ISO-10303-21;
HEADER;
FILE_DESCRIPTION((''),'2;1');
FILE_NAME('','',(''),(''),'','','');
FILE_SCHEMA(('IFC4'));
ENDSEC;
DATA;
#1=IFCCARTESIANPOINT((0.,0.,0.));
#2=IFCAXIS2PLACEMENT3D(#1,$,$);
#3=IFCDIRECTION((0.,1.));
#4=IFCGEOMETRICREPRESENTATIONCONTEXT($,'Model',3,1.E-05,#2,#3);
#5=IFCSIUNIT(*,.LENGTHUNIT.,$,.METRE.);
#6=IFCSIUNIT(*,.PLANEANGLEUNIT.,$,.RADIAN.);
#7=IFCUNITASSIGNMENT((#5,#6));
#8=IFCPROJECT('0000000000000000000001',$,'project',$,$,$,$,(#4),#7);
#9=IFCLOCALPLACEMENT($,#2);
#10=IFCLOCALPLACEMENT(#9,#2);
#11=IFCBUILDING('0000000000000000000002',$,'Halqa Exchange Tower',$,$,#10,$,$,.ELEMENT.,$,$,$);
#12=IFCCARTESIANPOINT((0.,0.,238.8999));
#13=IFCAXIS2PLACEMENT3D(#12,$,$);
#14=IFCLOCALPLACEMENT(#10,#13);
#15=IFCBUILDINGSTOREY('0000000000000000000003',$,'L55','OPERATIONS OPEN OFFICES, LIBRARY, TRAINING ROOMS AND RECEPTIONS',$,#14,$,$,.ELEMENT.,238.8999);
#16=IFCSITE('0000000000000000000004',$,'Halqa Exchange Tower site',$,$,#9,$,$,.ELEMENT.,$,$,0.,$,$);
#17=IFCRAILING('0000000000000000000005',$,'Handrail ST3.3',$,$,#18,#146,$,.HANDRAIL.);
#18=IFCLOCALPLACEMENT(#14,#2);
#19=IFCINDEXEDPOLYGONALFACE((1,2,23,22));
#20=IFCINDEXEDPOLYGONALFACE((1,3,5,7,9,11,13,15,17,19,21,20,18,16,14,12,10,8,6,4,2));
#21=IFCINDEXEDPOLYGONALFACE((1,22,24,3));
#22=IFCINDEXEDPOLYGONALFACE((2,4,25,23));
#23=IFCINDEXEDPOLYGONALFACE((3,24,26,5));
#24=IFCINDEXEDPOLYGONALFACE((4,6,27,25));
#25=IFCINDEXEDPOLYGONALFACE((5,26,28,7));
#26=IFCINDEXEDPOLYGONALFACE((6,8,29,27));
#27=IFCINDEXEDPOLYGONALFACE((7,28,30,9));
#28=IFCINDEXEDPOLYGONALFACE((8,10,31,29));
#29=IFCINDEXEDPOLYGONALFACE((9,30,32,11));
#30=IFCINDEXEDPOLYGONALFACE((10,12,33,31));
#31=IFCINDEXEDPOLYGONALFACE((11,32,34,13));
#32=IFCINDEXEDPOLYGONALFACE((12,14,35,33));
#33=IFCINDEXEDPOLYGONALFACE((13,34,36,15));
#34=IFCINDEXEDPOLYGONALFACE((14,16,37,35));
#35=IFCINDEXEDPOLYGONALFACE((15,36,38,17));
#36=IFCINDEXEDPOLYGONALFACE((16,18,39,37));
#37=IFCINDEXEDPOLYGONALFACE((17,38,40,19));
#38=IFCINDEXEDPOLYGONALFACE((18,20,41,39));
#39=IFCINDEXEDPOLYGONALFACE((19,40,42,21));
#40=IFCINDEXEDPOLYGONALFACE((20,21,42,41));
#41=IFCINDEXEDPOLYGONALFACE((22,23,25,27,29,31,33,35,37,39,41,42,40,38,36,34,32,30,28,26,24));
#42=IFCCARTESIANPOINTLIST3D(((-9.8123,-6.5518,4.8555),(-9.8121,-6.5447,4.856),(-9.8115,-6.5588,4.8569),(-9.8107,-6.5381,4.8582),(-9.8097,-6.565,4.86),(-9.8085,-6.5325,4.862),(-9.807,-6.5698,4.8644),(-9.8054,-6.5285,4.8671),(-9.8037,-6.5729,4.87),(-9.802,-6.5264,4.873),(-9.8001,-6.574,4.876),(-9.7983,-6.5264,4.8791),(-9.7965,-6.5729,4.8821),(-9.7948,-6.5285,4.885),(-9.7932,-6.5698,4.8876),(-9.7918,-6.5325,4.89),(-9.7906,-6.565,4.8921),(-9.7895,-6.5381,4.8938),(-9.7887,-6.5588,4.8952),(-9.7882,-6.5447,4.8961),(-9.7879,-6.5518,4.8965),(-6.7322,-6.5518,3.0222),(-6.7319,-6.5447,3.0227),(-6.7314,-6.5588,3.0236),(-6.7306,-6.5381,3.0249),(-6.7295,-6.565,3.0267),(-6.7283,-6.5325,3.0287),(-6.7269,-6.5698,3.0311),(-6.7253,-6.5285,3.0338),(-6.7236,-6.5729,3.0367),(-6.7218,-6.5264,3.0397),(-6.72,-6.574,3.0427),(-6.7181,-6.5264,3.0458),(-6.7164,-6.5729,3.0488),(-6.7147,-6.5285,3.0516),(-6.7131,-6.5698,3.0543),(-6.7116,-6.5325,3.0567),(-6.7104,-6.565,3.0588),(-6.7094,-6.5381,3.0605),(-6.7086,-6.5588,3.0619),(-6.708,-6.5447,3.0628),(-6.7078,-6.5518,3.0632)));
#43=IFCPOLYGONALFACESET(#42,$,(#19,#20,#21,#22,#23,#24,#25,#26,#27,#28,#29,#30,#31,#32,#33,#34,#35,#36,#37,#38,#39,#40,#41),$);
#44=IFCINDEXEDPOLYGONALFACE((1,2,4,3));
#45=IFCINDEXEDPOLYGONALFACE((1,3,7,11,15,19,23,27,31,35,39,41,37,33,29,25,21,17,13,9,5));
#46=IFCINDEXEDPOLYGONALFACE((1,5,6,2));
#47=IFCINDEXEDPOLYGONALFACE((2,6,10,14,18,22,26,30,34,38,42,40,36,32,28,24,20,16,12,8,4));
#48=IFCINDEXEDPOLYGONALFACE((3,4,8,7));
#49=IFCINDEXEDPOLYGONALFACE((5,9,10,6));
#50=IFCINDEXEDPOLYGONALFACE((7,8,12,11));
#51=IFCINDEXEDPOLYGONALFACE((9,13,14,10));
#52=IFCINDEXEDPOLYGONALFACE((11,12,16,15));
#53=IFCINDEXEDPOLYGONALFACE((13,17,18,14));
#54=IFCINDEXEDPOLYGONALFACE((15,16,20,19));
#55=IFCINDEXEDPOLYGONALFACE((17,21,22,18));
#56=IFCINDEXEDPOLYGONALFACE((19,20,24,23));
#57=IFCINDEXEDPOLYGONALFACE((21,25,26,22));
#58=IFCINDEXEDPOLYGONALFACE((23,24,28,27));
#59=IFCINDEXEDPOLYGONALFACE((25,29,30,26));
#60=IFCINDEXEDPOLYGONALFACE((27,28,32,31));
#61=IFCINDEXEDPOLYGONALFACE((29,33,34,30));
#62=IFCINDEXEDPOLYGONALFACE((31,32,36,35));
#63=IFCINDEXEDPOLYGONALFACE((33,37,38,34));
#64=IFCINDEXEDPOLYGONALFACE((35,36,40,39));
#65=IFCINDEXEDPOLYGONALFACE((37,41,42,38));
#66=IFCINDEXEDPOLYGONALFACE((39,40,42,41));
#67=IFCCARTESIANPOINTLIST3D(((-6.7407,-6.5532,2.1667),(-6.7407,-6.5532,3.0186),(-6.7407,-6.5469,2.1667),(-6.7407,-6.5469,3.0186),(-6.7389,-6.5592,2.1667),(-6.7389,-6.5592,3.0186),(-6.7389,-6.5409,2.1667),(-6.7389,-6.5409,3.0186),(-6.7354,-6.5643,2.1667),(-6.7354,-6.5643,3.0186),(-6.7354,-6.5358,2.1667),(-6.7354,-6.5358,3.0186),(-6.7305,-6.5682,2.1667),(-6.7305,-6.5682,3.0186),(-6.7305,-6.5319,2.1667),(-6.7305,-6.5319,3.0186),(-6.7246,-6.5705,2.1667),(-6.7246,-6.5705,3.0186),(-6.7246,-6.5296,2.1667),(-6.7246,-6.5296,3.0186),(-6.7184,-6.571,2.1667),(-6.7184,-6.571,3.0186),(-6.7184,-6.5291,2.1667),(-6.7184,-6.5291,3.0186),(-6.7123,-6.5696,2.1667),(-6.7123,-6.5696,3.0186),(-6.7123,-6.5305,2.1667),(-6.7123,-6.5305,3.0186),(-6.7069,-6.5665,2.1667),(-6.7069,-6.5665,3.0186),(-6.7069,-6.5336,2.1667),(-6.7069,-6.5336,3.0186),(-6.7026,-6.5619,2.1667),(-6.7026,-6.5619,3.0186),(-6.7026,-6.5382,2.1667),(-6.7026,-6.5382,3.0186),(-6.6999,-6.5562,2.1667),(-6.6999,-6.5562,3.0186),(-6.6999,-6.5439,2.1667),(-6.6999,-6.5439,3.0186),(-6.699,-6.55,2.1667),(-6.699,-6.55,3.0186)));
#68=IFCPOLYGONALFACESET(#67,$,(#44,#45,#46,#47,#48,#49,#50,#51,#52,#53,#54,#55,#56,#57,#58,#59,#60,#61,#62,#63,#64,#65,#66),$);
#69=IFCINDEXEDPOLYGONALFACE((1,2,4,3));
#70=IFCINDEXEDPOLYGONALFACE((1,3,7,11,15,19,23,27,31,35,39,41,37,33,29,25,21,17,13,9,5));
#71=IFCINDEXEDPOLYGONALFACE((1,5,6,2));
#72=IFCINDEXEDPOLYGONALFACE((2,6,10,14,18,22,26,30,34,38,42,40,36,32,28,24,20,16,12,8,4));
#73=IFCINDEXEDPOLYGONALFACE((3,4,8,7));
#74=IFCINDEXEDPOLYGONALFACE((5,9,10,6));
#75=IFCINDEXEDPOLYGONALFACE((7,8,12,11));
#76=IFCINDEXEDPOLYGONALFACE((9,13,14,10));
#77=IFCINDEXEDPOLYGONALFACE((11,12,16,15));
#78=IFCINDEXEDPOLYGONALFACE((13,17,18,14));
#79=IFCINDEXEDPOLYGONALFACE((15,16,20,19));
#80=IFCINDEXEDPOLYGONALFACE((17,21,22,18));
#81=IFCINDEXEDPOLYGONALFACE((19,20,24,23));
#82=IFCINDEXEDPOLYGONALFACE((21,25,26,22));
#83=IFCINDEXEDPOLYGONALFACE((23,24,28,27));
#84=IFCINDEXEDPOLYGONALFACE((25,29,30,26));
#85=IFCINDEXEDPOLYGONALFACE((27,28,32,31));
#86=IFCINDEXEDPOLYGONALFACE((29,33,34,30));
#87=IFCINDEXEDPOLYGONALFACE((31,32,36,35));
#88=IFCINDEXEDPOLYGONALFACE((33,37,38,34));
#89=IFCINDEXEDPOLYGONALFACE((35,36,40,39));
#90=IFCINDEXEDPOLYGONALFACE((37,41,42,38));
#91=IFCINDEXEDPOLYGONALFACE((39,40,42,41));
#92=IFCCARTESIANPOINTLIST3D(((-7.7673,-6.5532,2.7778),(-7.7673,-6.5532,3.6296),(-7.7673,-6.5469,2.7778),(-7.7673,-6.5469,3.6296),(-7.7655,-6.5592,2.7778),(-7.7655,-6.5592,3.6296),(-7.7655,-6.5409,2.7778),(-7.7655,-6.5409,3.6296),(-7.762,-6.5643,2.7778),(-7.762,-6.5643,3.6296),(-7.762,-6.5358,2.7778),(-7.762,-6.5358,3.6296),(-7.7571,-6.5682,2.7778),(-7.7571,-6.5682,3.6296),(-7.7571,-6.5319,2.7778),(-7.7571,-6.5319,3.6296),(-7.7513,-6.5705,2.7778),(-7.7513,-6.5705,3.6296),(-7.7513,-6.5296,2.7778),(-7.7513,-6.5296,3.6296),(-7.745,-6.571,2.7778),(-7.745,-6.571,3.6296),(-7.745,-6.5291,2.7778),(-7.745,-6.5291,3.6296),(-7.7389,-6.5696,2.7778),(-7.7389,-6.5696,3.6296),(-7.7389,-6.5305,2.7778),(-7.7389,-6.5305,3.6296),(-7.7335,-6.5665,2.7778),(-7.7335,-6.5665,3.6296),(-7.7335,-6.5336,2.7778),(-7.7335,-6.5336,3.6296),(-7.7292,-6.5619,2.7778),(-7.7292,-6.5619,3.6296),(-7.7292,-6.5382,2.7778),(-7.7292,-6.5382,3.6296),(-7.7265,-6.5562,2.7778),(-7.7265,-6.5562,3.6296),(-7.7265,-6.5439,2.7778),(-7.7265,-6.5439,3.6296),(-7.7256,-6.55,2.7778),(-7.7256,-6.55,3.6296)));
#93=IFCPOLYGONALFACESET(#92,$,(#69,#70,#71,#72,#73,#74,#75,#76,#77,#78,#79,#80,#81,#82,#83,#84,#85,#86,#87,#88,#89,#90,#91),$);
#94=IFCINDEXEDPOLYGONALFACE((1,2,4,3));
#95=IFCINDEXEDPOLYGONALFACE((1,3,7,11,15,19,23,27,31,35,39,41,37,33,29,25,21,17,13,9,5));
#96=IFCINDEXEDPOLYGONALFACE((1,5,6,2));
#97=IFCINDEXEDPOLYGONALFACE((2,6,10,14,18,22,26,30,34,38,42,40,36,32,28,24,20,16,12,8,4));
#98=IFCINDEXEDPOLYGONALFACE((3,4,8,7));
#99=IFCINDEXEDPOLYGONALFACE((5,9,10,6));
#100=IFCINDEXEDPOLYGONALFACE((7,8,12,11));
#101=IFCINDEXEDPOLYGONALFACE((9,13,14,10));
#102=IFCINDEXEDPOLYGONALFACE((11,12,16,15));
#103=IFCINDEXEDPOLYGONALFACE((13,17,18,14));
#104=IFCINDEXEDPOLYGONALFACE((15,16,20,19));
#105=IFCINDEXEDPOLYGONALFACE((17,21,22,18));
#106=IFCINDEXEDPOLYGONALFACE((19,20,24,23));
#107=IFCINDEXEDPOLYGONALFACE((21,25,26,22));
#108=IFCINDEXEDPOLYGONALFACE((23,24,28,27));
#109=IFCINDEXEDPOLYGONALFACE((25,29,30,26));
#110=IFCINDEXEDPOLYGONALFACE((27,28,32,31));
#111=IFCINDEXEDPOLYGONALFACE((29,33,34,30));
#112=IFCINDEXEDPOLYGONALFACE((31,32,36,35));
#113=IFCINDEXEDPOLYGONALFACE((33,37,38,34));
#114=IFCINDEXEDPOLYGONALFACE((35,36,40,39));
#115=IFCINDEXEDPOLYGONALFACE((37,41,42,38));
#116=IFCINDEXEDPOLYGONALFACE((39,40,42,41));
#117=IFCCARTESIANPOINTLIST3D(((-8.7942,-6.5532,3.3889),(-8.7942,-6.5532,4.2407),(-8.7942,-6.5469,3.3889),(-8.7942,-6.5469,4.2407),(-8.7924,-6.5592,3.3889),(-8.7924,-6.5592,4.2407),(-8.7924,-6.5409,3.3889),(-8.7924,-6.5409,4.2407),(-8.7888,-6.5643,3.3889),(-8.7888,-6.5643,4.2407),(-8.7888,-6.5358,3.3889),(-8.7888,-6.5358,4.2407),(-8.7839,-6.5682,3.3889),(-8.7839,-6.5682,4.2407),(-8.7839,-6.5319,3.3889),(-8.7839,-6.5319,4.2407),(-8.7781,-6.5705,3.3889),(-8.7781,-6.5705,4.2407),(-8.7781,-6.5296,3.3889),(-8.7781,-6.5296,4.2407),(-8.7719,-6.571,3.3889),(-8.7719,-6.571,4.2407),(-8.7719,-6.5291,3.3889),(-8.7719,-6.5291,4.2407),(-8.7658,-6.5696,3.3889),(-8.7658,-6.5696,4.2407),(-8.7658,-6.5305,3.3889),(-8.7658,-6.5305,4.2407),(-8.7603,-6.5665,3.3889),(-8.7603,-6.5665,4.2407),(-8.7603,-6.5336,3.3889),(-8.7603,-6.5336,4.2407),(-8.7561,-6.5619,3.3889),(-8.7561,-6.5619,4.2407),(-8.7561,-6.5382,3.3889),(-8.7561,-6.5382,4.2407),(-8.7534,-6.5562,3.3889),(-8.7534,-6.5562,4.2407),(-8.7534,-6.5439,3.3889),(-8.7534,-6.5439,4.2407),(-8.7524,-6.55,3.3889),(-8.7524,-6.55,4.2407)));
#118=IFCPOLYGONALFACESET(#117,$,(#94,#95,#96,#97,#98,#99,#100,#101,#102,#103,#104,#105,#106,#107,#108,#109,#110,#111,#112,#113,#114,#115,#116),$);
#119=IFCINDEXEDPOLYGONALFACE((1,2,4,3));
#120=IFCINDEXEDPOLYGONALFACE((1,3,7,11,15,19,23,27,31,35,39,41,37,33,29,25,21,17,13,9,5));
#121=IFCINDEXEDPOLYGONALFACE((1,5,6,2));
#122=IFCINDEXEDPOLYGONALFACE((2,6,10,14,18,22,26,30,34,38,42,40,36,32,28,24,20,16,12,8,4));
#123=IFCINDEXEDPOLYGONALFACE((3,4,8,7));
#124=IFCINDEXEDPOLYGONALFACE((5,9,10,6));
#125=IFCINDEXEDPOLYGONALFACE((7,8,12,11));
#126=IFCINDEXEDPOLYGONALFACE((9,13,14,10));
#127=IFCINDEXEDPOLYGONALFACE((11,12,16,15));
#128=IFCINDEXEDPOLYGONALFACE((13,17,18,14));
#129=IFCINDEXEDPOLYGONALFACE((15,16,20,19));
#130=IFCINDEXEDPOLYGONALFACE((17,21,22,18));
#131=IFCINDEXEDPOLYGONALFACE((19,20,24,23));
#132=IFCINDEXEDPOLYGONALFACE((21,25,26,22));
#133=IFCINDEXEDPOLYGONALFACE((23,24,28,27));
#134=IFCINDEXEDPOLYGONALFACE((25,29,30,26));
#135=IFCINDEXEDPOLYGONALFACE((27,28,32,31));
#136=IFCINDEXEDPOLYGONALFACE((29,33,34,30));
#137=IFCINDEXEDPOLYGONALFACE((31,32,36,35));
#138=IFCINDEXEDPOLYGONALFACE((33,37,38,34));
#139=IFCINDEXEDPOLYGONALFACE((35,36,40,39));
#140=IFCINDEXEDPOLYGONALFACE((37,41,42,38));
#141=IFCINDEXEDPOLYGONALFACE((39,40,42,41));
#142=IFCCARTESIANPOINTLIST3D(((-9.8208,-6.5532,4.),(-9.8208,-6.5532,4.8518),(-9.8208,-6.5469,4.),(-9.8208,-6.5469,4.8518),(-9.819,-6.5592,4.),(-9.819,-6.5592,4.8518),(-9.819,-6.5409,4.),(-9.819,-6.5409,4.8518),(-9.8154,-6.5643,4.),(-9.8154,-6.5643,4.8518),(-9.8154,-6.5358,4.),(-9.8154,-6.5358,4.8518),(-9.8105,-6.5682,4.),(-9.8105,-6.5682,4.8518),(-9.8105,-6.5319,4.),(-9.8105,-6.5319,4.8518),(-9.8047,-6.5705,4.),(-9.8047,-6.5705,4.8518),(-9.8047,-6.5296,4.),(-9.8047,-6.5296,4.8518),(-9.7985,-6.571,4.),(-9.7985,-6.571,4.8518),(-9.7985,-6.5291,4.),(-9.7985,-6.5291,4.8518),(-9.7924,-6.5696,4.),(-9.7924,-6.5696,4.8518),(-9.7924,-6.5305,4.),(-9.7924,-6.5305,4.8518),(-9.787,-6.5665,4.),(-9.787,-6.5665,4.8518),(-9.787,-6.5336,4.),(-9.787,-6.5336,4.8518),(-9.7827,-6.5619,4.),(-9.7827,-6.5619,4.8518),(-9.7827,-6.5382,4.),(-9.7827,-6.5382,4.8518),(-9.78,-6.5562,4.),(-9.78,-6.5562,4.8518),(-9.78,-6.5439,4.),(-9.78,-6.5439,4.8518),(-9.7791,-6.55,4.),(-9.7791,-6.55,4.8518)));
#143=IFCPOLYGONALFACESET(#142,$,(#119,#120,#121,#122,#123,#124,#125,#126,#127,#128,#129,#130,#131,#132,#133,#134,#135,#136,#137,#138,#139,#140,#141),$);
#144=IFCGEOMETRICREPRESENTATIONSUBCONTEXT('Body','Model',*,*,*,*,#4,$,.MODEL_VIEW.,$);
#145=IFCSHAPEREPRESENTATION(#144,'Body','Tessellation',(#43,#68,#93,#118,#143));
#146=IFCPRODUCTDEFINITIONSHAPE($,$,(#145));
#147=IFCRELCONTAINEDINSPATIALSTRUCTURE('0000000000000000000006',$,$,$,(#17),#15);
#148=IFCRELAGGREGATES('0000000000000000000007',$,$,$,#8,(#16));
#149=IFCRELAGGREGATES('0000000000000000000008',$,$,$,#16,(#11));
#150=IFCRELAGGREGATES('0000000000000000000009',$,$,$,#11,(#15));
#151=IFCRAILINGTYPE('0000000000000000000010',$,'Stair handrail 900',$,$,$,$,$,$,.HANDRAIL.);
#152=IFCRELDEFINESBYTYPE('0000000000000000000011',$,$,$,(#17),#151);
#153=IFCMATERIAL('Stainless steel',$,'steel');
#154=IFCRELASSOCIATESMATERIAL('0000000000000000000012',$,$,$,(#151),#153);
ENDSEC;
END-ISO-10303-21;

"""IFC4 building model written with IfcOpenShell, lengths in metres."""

from ifc_helpers import new_model, si_unit, direction, frame, origin, origin_2d, place, context, subcontext, project, spatial, circle, extrude, material, type_object, element, save


model = new_model("IFC4")

# Units and contexts
model_context = context("Model", 3, precision=1e-05, world=origin(), true_north=direction((0.0, 1.0)))
body_context = subcontext(model_context, "Body", "Model", "MODEL_VIEW")
ifc_project = project(units=[si_unit("LENGTHUNIT", "METRE"), si_unit("PLANEANGLEUNIT", "RADIAN")], contexts=[model_context])

# Site, building, storey
site_placement = place(None, origin())
site = spatial("IfcSite", under=ifc_project, at=site_placement, Name="Halqa Exchange Tower site", CompositionType="ELEMENT", RefElevation=0.0)
building_placement = place(site_placement, origin())
building = spatial("IfcBuilding", under=site, at=building_placement, Name="Halqa Exchange Tower", CompositionType="ELEMENT")
storey_placement = place(building_placement, frame((0.0, 0.0, 238.8999)))
storey = spatial("IfcBuildingStorey", under=building, at=storey_placement, Name="L55", Description="OPERATIONS OPEN OFFICES, LIBRARY, TRAINING ROOMS AND RECEPTIONS", CompositionType="ELEMENT", Elevation=238.8999)

# Shared definitions
ifc_material_1 = material(Name="Stainless steel", Category="steel")

# Railing
railing_type_1 = type_object("IfcRailingType", Name="Stair handrail 900", PredefinedType="HANDRAIL", material=ifc_material_1)
railing_1_placement = place(storey_placement, frame((-6.72, -6.55, 2.1667)))
element("IfcRailing", 1, at=railing_1_placement, inside=storey, type_object=railing_type_1, Name="Handrail ST3.3", PredefinedType="HANDRAIL", context=body_context, shape_type="SweptSolid", body=[
    extrude(circle(Radius=0.0239, at=origin_2d()), frame((0.0, 0.0, 0.876), z_axis=(-0.859309, 0.0, 0.511458), x_axis=(0.0, -1.0, 0.0)), (0.0, 0.0, 1.0), 3.5845),
    extrude(circle(Radius=0.021, at=origin_2d()), origin(), (0.0, 0.0, 1.0), 0.8518),
    extrude(circle(Radius=0.021, at=origin_2d()), frame((-1.0266, 0.0, 0.6111)), (0.0, 0.0, 1.0), 0.8518),
    extrude(circle(Radius=0.021, at=origin_2d()), frame((-2.0535, 0.0, 1.2222)), (0.0, 0.0, 1.0), 0.8518),
    extrude(circle(Radius=0.021, at=origin_2d()), frame((-3.0801, 0.0, 1.8333)), (0.0, 0.0, 1.0), 0.8518),
])

save(model, "model.ifc")
